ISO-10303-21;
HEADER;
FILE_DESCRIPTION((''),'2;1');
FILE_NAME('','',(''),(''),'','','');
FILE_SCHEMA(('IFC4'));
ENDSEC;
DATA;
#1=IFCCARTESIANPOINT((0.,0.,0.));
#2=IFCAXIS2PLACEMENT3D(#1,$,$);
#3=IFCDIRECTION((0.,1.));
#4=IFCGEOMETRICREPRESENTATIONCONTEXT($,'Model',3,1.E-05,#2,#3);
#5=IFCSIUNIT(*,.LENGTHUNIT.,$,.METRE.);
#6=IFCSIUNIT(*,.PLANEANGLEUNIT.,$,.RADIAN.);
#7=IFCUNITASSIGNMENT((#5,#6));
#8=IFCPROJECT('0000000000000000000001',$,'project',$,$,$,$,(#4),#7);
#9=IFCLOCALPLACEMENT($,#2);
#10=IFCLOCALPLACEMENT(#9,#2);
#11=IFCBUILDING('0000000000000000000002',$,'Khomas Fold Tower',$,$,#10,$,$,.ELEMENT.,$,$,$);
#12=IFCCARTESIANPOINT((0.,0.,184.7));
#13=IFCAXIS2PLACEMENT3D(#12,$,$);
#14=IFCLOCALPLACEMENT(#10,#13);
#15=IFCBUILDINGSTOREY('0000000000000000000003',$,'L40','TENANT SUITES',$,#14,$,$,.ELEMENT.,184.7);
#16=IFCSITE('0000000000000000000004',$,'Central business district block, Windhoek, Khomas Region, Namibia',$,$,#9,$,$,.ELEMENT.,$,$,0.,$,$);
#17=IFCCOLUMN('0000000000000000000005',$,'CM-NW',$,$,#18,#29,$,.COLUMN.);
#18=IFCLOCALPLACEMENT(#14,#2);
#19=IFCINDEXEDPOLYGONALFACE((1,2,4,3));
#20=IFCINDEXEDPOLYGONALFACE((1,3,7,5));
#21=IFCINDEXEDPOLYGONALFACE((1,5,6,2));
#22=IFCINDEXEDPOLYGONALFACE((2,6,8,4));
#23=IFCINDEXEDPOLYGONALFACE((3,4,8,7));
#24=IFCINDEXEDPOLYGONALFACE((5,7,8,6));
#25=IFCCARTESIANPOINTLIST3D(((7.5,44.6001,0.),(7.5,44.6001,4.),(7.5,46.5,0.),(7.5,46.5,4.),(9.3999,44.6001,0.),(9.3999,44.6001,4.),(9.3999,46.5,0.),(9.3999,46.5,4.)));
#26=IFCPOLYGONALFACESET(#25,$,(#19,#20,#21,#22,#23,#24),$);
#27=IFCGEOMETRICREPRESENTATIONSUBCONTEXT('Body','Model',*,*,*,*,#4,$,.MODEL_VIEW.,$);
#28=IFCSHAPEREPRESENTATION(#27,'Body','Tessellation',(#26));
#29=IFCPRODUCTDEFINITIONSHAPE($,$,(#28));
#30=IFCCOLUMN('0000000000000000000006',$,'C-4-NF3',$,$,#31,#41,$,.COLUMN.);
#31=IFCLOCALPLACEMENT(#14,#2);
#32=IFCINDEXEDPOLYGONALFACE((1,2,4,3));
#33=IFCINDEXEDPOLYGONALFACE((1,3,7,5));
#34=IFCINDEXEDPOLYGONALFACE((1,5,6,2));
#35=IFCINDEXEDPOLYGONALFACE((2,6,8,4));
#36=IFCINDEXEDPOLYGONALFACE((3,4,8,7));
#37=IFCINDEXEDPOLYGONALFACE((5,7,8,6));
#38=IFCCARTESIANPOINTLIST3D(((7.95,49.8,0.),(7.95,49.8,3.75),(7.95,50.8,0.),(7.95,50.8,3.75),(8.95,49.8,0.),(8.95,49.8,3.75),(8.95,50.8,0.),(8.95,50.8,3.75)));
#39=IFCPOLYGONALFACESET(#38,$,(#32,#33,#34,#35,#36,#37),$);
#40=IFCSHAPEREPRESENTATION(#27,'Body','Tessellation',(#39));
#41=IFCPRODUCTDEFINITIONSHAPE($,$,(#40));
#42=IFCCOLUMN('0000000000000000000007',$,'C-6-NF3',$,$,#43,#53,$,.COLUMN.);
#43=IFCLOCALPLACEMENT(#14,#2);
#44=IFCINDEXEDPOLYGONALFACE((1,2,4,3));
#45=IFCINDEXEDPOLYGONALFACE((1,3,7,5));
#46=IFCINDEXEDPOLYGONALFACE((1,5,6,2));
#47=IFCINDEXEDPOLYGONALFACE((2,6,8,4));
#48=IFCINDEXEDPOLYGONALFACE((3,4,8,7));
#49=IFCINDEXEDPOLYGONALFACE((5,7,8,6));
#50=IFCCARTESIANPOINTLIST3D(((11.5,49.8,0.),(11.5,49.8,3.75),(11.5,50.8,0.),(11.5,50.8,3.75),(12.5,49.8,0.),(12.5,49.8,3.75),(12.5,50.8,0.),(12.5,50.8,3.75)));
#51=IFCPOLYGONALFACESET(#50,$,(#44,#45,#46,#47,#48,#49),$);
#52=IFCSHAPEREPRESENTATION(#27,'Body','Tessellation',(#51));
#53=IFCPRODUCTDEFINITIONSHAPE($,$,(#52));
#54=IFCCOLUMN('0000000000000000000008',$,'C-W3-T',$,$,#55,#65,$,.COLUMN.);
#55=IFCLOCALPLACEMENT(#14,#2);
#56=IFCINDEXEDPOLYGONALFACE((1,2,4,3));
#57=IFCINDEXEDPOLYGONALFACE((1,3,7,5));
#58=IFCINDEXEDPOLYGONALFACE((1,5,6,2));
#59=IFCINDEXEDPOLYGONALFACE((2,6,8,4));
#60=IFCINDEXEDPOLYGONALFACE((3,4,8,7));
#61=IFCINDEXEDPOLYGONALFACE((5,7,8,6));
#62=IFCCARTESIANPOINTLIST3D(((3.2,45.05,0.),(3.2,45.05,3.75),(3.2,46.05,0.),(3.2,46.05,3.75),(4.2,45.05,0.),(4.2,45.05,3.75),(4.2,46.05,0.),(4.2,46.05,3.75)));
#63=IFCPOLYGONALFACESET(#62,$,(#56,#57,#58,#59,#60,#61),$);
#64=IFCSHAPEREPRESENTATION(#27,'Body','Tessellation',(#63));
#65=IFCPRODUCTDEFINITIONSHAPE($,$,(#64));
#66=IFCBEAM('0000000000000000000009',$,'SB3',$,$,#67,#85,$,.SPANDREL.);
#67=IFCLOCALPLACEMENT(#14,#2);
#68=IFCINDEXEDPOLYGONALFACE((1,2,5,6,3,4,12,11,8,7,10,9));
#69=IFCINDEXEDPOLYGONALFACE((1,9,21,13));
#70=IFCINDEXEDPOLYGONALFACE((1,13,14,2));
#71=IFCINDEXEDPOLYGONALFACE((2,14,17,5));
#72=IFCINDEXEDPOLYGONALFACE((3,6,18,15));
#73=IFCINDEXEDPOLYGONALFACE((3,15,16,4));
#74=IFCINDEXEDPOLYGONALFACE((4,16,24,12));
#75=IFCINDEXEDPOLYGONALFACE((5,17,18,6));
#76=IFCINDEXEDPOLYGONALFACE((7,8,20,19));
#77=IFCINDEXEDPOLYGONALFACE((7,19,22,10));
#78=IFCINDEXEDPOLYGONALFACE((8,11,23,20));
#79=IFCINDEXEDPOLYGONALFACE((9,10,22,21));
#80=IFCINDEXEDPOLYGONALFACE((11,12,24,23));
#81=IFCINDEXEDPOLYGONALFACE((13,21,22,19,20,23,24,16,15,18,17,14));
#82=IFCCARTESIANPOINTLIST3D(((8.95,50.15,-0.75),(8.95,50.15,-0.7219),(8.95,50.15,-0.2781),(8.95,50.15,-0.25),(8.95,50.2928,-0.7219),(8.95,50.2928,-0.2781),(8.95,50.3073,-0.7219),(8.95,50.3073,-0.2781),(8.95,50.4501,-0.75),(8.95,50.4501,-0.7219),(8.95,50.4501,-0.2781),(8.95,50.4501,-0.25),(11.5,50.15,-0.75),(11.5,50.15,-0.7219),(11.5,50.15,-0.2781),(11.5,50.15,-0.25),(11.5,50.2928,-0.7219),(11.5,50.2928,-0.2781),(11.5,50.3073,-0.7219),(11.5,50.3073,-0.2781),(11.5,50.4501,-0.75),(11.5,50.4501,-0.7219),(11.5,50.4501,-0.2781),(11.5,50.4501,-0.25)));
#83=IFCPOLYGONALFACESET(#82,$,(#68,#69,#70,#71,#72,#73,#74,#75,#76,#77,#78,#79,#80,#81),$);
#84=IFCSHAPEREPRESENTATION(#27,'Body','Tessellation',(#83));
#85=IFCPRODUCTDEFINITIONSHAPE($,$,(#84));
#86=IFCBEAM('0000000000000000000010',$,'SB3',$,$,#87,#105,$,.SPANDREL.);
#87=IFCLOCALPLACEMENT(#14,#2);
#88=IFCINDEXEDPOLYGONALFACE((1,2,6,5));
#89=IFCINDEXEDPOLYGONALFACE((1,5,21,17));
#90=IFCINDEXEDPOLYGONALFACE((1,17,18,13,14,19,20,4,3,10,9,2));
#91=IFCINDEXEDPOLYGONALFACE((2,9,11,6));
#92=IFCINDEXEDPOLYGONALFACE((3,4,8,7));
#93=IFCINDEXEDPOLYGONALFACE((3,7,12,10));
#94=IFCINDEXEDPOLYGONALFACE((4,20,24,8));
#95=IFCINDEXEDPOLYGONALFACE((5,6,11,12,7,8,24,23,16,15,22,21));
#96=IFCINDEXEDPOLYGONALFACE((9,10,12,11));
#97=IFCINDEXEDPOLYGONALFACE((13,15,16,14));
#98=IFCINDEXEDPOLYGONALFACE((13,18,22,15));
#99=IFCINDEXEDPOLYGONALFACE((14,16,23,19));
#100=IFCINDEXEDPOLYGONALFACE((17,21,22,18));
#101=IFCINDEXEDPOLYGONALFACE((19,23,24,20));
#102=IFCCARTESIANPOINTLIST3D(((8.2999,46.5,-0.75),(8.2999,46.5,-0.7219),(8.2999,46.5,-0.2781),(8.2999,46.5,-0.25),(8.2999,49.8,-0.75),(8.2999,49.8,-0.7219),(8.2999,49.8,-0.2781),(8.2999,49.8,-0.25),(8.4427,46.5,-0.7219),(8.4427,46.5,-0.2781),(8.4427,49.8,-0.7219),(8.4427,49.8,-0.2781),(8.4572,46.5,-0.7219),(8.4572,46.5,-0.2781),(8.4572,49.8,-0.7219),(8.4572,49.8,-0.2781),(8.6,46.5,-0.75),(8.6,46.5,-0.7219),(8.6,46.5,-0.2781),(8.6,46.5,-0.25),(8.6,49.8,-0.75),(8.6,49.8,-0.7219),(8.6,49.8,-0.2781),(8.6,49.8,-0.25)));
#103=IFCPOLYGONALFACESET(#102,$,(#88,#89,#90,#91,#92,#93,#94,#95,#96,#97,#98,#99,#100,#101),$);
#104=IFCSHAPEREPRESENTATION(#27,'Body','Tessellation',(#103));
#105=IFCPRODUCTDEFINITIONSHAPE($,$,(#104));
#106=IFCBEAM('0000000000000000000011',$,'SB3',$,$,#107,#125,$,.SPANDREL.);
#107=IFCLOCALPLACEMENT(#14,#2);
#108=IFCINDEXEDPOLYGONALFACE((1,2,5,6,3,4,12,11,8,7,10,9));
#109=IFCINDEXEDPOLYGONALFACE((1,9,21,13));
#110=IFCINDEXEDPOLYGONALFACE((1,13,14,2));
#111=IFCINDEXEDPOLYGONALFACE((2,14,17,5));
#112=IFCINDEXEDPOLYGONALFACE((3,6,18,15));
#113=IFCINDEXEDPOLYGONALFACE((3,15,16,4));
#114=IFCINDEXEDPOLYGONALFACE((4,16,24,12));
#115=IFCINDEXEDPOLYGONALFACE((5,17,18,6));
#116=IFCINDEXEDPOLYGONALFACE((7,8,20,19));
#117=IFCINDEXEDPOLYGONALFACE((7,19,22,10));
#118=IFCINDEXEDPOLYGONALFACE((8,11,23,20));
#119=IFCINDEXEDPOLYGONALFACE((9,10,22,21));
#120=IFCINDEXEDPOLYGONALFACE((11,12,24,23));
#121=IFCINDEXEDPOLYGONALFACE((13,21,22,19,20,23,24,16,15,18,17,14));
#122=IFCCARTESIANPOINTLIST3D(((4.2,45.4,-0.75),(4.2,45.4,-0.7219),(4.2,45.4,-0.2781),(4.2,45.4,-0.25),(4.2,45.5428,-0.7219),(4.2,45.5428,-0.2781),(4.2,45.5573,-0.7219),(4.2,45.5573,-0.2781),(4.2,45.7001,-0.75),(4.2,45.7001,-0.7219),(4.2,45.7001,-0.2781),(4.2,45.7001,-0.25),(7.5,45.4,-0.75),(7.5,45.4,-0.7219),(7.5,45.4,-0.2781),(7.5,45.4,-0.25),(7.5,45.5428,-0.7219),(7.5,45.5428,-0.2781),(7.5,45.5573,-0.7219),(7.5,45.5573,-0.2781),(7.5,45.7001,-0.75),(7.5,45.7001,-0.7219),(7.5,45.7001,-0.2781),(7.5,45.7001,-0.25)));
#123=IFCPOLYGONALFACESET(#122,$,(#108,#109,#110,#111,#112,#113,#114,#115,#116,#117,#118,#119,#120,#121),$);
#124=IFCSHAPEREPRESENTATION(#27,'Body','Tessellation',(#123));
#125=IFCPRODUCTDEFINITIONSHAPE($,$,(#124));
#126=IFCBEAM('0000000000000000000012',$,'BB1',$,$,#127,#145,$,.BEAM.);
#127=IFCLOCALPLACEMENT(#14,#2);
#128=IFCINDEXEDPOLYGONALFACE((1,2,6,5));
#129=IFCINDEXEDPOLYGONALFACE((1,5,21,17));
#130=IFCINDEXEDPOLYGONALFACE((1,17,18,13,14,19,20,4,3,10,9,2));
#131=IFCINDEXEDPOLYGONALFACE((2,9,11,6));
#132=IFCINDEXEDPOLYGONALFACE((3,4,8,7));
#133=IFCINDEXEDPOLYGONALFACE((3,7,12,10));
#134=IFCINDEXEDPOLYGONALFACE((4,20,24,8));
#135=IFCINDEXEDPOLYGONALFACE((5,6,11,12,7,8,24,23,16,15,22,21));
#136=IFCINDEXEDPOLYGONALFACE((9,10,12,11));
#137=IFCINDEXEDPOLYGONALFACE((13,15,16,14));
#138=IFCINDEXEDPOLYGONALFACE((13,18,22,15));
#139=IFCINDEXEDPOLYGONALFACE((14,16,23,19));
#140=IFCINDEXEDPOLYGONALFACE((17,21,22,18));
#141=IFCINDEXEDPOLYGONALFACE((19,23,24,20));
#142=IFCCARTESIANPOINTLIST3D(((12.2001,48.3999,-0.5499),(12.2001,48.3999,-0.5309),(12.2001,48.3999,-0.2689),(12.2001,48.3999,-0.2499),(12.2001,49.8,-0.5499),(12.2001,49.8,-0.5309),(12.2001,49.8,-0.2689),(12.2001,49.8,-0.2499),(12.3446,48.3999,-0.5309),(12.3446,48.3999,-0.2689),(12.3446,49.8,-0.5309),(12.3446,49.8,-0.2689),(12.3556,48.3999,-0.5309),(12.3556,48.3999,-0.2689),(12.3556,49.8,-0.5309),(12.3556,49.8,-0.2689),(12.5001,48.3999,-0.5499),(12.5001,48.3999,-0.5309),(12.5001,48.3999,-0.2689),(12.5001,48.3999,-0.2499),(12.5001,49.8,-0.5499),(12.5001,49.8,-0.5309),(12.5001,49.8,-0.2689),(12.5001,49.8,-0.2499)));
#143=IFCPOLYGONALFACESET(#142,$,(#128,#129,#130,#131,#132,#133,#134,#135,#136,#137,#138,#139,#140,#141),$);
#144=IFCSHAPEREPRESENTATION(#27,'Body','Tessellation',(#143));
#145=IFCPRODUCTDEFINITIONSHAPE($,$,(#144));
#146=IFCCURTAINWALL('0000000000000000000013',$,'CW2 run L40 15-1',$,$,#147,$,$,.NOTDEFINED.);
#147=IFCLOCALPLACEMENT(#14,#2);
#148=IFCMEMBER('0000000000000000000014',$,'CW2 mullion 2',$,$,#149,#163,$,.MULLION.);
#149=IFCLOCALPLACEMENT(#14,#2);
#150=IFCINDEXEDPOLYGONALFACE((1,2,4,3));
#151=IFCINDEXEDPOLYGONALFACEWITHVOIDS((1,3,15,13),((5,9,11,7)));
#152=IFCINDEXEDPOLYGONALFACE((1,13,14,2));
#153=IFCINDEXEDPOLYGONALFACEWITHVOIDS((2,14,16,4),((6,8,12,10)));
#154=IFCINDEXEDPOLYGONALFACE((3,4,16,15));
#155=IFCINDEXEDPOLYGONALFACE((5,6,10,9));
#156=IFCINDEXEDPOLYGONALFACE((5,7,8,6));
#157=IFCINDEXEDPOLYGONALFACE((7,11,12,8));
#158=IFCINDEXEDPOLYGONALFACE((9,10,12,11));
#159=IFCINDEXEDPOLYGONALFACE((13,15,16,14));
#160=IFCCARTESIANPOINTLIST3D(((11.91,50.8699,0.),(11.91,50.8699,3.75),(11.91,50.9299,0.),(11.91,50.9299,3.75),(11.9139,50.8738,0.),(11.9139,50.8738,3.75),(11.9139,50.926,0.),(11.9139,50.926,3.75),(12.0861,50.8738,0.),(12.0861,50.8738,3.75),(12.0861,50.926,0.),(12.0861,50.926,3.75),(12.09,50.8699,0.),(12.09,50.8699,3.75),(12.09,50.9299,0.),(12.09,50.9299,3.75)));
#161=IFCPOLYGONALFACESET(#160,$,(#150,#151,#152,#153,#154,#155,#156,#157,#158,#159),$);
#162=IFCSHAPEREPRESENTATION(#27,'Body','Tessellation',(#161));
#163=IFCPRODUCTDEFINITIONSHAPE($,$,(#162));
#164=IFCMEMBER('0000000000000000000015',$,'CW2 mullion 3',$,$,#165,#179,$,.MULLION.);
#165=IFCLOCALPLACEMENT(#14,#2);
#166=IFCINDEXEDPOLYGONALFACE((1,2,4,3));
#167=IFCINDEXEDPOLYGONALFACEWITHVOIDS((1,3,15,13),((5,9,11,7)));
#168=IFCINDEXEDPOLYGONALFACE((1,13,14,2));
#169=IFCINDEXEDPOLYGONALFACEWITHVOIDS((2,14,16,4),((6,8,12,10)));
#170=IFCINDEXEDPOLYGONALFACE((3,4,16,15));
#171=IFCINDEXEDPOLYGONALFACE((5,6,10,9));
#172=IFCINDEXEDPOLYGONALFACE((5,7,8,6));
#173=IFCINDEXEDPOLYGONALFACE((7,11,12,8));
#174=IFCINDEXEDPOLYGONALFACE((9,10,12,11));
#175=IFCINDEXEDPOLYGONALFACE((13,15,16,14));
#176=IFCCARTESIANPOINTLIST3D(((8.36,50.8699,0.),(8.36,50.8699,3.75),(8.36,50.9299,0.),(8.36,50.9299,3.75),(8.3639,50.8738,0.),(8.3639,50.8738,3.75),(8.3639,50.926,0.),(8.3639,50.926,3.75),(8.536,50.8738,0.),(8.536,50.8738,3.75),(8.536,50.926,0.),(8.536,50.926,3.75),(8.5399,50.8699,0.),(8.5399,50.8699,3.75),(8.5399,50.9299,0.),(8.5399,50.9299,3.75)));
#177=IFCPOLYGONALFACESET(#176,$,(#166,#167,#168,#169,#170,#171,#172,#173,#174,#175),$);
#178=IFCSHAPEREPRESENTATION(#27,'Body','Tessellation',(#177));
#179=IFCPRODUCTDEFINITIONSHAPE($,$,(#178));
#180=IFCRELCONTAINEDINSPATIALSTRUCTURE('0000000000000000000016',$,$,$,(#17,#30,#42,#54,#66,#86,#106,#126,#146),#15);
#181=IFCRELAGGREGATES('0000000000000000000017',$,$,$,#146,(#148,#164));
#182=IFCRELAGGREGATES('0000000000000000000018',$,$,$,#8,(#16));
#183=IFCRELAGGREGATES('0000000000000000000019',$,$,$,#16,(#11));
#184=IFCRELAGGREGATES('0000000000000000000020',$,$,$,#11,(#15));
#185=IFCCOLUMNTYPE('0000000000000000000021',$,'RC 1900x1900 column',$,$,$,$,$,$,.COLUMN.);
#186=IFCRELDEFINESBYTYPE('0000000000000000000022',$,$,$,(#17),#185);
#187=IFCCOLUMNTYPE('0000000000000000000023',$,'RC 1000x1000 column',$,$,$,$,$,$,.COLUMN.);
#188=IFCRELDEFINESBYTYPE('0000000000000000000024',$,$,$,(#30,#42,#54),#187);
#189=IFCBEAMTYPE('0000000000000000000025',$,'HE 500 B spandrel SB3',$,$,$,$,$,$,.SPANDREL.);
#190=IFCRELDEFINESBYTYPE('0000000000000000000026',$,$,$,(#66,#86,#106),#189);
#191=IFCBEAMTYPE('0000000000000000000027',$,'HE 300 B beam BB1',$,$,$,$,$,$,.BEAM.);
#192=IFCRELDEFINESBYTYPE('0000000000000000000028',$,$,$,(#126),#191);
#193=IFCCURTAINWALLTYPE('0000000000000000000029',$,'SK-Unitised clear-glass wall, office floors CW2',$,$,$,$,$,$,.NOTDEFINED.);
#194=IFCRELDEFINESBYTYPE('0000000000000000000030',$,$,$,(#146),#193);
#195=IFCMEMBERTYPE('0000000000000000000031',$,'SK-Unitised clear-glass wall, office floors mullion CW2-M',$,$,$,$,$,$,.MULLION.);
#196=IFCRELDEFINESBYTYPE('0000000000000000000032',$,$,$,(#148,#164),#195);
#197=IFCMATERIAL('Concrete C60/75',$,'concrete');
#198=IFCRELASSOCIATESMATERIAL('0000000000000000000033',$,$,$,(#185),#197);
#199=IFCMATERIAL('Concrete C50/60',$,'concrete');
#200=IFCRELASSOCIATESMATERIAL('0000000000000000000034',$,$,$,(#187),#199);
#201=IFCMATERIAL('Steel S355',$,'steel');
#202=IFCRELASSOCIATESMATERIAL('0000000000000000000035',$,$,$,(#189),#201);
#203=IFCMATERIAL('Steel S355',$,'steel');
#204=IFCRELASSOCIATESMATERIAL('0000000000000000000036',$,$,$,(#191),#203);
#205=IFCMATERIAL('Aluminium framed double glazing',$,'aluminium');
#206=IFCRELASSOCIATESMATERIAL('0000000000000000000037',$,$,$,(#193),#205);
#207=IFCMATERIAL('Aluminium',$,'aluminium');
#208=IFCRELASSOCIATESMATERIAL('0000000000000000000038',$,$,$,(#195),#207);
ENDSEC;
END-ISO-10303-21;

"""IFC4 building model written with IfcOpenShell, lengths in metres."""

from ifc_helpers import new_model, si_unit, direction, frame, origin, origin_2d, place, context, subcontext, project, spatial, rectangle, hollow_rectangle, i_section, extrude, source, transform, mapped, material, material_profile, profile_set, type_object, element, aggregate, save


model = new_model("IFC4")

# Units and contexts
model_context = context("Model", 3, precision=1e-05, world=origin(), true_north=direction((0.0, 1.0)))
body_context = subcontext(model_context, "Body", "Model", "MODEL_VIEW")
ifc_project = project(units=[si_unit("LENGTHUNIT", "METRE"), si_unit("PLANEANGLEUNIT", "RADIAN")], contexts=[model_context])

# Site, building, storey
site_placement = place(None, origin())
site = spatial("IfcSite", under=ifc_project, at=site_placement, Name="Central business district block, Windhoek, Khomas Region, Namibia", CompositionType="ELEMENT", RefElevation=0.0)
building_placement = place(site_placement, origin())
building = spatial("IfcBuilding", under=site, at=building_placement, Name="Khomas Fold Tower", CompositionType="ELEMENT")
storey_placement = place(building_placement, frame((0.0, 0.0, 184.7)))
storey = spatial("IfcBuildingStorey", under=building, at=storey_placement, Name="L40", Description="TENANT SUITES", CompositionType="ELEMENT", Elevation=184.7)

# Columns
ifc_material_1 = material(Name="Concrete C60/75", Category="concrete")
ifc_material_profile_1 = material_profile(ifc_material_1, rectangle(XDim=1.8999, YDim=1.8999, at=origin_2d()), Name="RC 1900x1900")
ifc_profile_set_1 = profile_set([ifc_material_profile_1], Name="Concrete C60/75")
column_type_1 = type_object("IfcColumnType", Name="RC 1900x1900 column", PredefinedType="COLUMN", material=ifc_profile_set_1)
shared_shape_1 = source(origin(), body_context, "Body", "SweptSolid", [
    extrude(rectangle(XDim=1.8999, YDim=1.8999, at=origin_2d()), origin(), (0.0, 0.0, 1.0), 4.0),
])
column_placement = place(storey_placement, frame((8.45, 45.55, 0.0), z_axis=(0.0, 0.0, 1.0), x_axis=(1.0, 0.0, 0.0)))
element("IfcColumn", 1, at=column_placement, inside=storey, type_object=column_type_1, Name="CM-NW", PredefinedType="COLUMN", context=body_context, shape_type="MappedRepresentation", body=[
    mapped(shared_shape_1, transform((0.0, 0.0, 0.0))),
])
ifc_material_2 = material(Name="Concrete C50/60", Category="concrete")
ifc_material_profile_2 = material_profile(ifc_material_2, rectangle(XDim=1.0, YDim=1.0, at=origin_2d()), Name="RC 1000x1000")
ifc_profile_set_2 = profile_set([ifc_material_profile_2], Name="Concrete C50/60")
column_type_2 = type_object("IfcColumnType", Name="RC 1000x1000 column", PredefinedType="COLUMN", material=ifc_profile_set_2)
shared_shape_2 = source(origin(), body_context, "Body", "SweptSolid", [
    extrude(rectangle(XDim=1.0, YDim=1.0, at=origin_2d()), origin(), (0.0, 0.0, 1.0), 3.75),
])
for number, where, z_axis, x_axis, name in (
    (2, (8.45, 50.3, 0.0), (0.0, 0.0, 1.0), (1.0, 0.0, 0.0), "C-4-NF3"),
    (3, (12.0, 50.3, 0.0), (0.0, 0.0, 1.0), (1.0, 0.0, 0.0), "C-6-NF3"),
    (4, (3.7, 45.55, 0.0), (0.0, 0.0, 1.0), (1.0, 0.0, 0.0), "C-W3-T"),
):
    element("IfcColumn", number, at=place(storey_placement, frame(where, z_axis=z_axis, x_axis=x_axis)), inside=storey, type_object=column_type_2, Name=name, PredefinedType="COLUMN", context=body_context, shape_type="MappedRepresentation", body=[
        mapped(shared_shape_2, transform((0.0, 0.0, 0.0))),
    ])

# Beams
ifc_material_3 = material(Name="Steel S355", Category="steel")
ifc_material_profile_3 = material_profile(ifc_material_3, i_section(OverallWidth=0.3, OverallDepth=0.5, WebThickness=0.0144, FlangeThickness=0.0281, at=origin_2d()), Name="HE 500 B")
ifc_profile_set_3 = profile_set([ifc_material_profile_3], Name="Steel S355")
beam_type_1 = type_object("IfcBeamType", Name="HE 500 B spandrel SB3", PredefinedType="SPANDREL", material=ifc_profile_set_3)
shared_shape_3 = source(origin(), body_context, "Body", "SweptSolid", [
    extrude(i_section(OverallWidth=0.3, OverallDepth=0.5, WebThickness=0.0144, FlangeThickness=0.0281, at=origin_2d()), origin(), (0.0, 0.0, 1.0), 2.55),
])
beam_1_placement = place(storey_placement, frame((8.95, 50.3, -0.5), z_axis=(1.0, 0.0, 0.0), x_axis=(0.0, 1.0, 0.0)))
element("IfcBeam", 5, at=beam_1_placement, inside=storey, type_object=beam_type_1, Name="SB3", PredefinedType="SPANDREL", context=body_context, shape_type="MappedRepresentation", body=[
    mapped(shared_shape_3, transform((0.0, 0.0, 0.0))),
])
shared_shape_4 = source(origin(), body_context, "Body", "SweptSolid", [
    extrude(i_section(OverallWidth=0.3, OverallDepth=0.5, WebThickness=0.0144, FlangeThickness=0.0281, at=origin_2d()), origin(), (0.0, 0.0, 1.0), 3.3),
])
for number, where, z_axis, x_axis, name in (
    (6, (8.45, 46.5, -0.5), (0.0, 1.0, 0.0), (-1.0, 0.0, 0.0), "SB3"),
    (7, (4.2, 45.55, -0.5), (1.0, 0.0, 0.0), (0.0, 1.0, 0.0), "SB3"),
):
    element("IfcBeam", number, at=place(storey_placement, frame(where, z_axis=z_axis, x_axis=x_axis)), inside=storey, type_object=beam_type_1, Name=name, PredefinedType="SPANDREL", context=body_context, shape_type="MappedRepresentation", body=[
        mapped(shared_shape_4, transform((0.0, 0.0, 0.0))),
    ])
ifc_material_4 = material(Name="Steel S355", Category="steel")
ifc_material_profile_4 = material_profile(ifc_material_4, i_section(OverallWidth=0.3, OverallDepth=0.3, WebThickness=0.011, FlangeThickness=0.019, at=origin_2d()), Name="HE 300 B")
ifc_profile_set_4 = profile_set([ifc_material_profile_4], Name="Steel S355")
beam_type_2 = type_object("IfcBeamType", Name="HE 300 B beam BB1", PredefinedType="BEAM", material=ifc_profile_set_4)
shared_shape_5 = source(origin(), body_context, "Body", "SweptSolid", [
    extrude(i_section(OverallWidth=0.3, OverallDepth=0.3, WebThickness=0.011, FlangeThickness=0.019, at=origin_2d()), origin(), (0.0, 0.0, 1.0), 1.4001),
])
beam_2_placement = place(storey_placement, frame((12.3501, 48.3999, -0.3999), z_axis=(0.0, 1.0, 0.0), x_axis=(-1.0, 0.0, 0.0)))
element("IfcBeam", 8, at=beam_2_placement, inside=storey, type_object=beam_type_2, Name="BB1", PredefinedType="BEAM", context=body_context, shape_type="MappedRepresentation", body=[
    mapped(shared_shape_5, transform((0.0, 0.0, 0.0))),
])

# Curtain wall, members
ifc_material_5 = material(Name="Aluminium framed double glazing", Category="aluminium")
curtain_wall_type = type_object("IfcCurtainWallType", Name="SK-Unitised clear-glass wall, office floors CW2", PredefinedType="NOTDEFINED", material=ifc_material_5)
curtain_wall_1_placement = place(storey_placement, origin())
curtain_wall_1 = element("IfcCurtainWall", 9, at=curtain_wall_1_placement, inside=storey, type_object=curtain_wall_type, Name="CW2 run L40 15-1", PredefinedType="NOTDEFINED")
ifc_material_6 = material(Name="Aluminium", Category="aluminium")
ifc_material_profile_5 = material_profile(ifc_material_6, hollow_rectangle(XDim=0.0601, YDim=0.1799, WallThickness=0.0039, at=origin_2d()), Name="SK-Unitised clear-glass wall, office floors mullion CW2-M")
ifc_profile_set_5 = profile_set([ifc_material_profile_5], Name="Aluminium")
member_type_1 = type_object("IfcMemberType", Name="SK-Unitised clear-glass wall, office floors mullion CW2-M", PredefinedType="MULLION", material=ifc_profile_set_5)
shared_shape_6 = source(origin(), body_context, "Body", "SweptSolid", [
    extrude(hollow_rectangle(XDim=0.0601, YDim=0.1799, WallThickness=0.0039, at=origin_2d()), origin(), (0.0, 0.0, 1.0), 3.75),
])
member_1_placement = place(storey_placement, frame((12.0, 50.8999, 0.0), z_axis=(0.0, 0.0, 1.0), x_axis=(0.0, -1.0, 0.0)))
member_1 = element("IfcMember", 10, at=member_1_placement, type_object=member_type_1, Name="CW2 mullion 2", PredefinedType="MULLION", context=body_context, shape_type="MappedRepresentation", body=[
    mapped(shared_shape_6, transform((0.0, 0.0, 0.0))),
])
member_2_placement = place(storey_placement, frame((8.45, 50.8999, 0.0), z_axis=(0.0, 0.0, 1.0), x_axis=(0.0, -1.0, 0.0)))
member_2 = element("IfcMember", 11, at=member_2_placement, type_object=member_type_1, Name="CW2 mullion 3", PredefinedType="MULLION", context=body_context, shape_type="MappedRepresentation", body=[
    mapped(shared_shape_6, transform((0.0, 0.0, 0.0))),
])

aggregate(curtain_wall_1, [member_1, member_2])

save(model, "model.ifc")
